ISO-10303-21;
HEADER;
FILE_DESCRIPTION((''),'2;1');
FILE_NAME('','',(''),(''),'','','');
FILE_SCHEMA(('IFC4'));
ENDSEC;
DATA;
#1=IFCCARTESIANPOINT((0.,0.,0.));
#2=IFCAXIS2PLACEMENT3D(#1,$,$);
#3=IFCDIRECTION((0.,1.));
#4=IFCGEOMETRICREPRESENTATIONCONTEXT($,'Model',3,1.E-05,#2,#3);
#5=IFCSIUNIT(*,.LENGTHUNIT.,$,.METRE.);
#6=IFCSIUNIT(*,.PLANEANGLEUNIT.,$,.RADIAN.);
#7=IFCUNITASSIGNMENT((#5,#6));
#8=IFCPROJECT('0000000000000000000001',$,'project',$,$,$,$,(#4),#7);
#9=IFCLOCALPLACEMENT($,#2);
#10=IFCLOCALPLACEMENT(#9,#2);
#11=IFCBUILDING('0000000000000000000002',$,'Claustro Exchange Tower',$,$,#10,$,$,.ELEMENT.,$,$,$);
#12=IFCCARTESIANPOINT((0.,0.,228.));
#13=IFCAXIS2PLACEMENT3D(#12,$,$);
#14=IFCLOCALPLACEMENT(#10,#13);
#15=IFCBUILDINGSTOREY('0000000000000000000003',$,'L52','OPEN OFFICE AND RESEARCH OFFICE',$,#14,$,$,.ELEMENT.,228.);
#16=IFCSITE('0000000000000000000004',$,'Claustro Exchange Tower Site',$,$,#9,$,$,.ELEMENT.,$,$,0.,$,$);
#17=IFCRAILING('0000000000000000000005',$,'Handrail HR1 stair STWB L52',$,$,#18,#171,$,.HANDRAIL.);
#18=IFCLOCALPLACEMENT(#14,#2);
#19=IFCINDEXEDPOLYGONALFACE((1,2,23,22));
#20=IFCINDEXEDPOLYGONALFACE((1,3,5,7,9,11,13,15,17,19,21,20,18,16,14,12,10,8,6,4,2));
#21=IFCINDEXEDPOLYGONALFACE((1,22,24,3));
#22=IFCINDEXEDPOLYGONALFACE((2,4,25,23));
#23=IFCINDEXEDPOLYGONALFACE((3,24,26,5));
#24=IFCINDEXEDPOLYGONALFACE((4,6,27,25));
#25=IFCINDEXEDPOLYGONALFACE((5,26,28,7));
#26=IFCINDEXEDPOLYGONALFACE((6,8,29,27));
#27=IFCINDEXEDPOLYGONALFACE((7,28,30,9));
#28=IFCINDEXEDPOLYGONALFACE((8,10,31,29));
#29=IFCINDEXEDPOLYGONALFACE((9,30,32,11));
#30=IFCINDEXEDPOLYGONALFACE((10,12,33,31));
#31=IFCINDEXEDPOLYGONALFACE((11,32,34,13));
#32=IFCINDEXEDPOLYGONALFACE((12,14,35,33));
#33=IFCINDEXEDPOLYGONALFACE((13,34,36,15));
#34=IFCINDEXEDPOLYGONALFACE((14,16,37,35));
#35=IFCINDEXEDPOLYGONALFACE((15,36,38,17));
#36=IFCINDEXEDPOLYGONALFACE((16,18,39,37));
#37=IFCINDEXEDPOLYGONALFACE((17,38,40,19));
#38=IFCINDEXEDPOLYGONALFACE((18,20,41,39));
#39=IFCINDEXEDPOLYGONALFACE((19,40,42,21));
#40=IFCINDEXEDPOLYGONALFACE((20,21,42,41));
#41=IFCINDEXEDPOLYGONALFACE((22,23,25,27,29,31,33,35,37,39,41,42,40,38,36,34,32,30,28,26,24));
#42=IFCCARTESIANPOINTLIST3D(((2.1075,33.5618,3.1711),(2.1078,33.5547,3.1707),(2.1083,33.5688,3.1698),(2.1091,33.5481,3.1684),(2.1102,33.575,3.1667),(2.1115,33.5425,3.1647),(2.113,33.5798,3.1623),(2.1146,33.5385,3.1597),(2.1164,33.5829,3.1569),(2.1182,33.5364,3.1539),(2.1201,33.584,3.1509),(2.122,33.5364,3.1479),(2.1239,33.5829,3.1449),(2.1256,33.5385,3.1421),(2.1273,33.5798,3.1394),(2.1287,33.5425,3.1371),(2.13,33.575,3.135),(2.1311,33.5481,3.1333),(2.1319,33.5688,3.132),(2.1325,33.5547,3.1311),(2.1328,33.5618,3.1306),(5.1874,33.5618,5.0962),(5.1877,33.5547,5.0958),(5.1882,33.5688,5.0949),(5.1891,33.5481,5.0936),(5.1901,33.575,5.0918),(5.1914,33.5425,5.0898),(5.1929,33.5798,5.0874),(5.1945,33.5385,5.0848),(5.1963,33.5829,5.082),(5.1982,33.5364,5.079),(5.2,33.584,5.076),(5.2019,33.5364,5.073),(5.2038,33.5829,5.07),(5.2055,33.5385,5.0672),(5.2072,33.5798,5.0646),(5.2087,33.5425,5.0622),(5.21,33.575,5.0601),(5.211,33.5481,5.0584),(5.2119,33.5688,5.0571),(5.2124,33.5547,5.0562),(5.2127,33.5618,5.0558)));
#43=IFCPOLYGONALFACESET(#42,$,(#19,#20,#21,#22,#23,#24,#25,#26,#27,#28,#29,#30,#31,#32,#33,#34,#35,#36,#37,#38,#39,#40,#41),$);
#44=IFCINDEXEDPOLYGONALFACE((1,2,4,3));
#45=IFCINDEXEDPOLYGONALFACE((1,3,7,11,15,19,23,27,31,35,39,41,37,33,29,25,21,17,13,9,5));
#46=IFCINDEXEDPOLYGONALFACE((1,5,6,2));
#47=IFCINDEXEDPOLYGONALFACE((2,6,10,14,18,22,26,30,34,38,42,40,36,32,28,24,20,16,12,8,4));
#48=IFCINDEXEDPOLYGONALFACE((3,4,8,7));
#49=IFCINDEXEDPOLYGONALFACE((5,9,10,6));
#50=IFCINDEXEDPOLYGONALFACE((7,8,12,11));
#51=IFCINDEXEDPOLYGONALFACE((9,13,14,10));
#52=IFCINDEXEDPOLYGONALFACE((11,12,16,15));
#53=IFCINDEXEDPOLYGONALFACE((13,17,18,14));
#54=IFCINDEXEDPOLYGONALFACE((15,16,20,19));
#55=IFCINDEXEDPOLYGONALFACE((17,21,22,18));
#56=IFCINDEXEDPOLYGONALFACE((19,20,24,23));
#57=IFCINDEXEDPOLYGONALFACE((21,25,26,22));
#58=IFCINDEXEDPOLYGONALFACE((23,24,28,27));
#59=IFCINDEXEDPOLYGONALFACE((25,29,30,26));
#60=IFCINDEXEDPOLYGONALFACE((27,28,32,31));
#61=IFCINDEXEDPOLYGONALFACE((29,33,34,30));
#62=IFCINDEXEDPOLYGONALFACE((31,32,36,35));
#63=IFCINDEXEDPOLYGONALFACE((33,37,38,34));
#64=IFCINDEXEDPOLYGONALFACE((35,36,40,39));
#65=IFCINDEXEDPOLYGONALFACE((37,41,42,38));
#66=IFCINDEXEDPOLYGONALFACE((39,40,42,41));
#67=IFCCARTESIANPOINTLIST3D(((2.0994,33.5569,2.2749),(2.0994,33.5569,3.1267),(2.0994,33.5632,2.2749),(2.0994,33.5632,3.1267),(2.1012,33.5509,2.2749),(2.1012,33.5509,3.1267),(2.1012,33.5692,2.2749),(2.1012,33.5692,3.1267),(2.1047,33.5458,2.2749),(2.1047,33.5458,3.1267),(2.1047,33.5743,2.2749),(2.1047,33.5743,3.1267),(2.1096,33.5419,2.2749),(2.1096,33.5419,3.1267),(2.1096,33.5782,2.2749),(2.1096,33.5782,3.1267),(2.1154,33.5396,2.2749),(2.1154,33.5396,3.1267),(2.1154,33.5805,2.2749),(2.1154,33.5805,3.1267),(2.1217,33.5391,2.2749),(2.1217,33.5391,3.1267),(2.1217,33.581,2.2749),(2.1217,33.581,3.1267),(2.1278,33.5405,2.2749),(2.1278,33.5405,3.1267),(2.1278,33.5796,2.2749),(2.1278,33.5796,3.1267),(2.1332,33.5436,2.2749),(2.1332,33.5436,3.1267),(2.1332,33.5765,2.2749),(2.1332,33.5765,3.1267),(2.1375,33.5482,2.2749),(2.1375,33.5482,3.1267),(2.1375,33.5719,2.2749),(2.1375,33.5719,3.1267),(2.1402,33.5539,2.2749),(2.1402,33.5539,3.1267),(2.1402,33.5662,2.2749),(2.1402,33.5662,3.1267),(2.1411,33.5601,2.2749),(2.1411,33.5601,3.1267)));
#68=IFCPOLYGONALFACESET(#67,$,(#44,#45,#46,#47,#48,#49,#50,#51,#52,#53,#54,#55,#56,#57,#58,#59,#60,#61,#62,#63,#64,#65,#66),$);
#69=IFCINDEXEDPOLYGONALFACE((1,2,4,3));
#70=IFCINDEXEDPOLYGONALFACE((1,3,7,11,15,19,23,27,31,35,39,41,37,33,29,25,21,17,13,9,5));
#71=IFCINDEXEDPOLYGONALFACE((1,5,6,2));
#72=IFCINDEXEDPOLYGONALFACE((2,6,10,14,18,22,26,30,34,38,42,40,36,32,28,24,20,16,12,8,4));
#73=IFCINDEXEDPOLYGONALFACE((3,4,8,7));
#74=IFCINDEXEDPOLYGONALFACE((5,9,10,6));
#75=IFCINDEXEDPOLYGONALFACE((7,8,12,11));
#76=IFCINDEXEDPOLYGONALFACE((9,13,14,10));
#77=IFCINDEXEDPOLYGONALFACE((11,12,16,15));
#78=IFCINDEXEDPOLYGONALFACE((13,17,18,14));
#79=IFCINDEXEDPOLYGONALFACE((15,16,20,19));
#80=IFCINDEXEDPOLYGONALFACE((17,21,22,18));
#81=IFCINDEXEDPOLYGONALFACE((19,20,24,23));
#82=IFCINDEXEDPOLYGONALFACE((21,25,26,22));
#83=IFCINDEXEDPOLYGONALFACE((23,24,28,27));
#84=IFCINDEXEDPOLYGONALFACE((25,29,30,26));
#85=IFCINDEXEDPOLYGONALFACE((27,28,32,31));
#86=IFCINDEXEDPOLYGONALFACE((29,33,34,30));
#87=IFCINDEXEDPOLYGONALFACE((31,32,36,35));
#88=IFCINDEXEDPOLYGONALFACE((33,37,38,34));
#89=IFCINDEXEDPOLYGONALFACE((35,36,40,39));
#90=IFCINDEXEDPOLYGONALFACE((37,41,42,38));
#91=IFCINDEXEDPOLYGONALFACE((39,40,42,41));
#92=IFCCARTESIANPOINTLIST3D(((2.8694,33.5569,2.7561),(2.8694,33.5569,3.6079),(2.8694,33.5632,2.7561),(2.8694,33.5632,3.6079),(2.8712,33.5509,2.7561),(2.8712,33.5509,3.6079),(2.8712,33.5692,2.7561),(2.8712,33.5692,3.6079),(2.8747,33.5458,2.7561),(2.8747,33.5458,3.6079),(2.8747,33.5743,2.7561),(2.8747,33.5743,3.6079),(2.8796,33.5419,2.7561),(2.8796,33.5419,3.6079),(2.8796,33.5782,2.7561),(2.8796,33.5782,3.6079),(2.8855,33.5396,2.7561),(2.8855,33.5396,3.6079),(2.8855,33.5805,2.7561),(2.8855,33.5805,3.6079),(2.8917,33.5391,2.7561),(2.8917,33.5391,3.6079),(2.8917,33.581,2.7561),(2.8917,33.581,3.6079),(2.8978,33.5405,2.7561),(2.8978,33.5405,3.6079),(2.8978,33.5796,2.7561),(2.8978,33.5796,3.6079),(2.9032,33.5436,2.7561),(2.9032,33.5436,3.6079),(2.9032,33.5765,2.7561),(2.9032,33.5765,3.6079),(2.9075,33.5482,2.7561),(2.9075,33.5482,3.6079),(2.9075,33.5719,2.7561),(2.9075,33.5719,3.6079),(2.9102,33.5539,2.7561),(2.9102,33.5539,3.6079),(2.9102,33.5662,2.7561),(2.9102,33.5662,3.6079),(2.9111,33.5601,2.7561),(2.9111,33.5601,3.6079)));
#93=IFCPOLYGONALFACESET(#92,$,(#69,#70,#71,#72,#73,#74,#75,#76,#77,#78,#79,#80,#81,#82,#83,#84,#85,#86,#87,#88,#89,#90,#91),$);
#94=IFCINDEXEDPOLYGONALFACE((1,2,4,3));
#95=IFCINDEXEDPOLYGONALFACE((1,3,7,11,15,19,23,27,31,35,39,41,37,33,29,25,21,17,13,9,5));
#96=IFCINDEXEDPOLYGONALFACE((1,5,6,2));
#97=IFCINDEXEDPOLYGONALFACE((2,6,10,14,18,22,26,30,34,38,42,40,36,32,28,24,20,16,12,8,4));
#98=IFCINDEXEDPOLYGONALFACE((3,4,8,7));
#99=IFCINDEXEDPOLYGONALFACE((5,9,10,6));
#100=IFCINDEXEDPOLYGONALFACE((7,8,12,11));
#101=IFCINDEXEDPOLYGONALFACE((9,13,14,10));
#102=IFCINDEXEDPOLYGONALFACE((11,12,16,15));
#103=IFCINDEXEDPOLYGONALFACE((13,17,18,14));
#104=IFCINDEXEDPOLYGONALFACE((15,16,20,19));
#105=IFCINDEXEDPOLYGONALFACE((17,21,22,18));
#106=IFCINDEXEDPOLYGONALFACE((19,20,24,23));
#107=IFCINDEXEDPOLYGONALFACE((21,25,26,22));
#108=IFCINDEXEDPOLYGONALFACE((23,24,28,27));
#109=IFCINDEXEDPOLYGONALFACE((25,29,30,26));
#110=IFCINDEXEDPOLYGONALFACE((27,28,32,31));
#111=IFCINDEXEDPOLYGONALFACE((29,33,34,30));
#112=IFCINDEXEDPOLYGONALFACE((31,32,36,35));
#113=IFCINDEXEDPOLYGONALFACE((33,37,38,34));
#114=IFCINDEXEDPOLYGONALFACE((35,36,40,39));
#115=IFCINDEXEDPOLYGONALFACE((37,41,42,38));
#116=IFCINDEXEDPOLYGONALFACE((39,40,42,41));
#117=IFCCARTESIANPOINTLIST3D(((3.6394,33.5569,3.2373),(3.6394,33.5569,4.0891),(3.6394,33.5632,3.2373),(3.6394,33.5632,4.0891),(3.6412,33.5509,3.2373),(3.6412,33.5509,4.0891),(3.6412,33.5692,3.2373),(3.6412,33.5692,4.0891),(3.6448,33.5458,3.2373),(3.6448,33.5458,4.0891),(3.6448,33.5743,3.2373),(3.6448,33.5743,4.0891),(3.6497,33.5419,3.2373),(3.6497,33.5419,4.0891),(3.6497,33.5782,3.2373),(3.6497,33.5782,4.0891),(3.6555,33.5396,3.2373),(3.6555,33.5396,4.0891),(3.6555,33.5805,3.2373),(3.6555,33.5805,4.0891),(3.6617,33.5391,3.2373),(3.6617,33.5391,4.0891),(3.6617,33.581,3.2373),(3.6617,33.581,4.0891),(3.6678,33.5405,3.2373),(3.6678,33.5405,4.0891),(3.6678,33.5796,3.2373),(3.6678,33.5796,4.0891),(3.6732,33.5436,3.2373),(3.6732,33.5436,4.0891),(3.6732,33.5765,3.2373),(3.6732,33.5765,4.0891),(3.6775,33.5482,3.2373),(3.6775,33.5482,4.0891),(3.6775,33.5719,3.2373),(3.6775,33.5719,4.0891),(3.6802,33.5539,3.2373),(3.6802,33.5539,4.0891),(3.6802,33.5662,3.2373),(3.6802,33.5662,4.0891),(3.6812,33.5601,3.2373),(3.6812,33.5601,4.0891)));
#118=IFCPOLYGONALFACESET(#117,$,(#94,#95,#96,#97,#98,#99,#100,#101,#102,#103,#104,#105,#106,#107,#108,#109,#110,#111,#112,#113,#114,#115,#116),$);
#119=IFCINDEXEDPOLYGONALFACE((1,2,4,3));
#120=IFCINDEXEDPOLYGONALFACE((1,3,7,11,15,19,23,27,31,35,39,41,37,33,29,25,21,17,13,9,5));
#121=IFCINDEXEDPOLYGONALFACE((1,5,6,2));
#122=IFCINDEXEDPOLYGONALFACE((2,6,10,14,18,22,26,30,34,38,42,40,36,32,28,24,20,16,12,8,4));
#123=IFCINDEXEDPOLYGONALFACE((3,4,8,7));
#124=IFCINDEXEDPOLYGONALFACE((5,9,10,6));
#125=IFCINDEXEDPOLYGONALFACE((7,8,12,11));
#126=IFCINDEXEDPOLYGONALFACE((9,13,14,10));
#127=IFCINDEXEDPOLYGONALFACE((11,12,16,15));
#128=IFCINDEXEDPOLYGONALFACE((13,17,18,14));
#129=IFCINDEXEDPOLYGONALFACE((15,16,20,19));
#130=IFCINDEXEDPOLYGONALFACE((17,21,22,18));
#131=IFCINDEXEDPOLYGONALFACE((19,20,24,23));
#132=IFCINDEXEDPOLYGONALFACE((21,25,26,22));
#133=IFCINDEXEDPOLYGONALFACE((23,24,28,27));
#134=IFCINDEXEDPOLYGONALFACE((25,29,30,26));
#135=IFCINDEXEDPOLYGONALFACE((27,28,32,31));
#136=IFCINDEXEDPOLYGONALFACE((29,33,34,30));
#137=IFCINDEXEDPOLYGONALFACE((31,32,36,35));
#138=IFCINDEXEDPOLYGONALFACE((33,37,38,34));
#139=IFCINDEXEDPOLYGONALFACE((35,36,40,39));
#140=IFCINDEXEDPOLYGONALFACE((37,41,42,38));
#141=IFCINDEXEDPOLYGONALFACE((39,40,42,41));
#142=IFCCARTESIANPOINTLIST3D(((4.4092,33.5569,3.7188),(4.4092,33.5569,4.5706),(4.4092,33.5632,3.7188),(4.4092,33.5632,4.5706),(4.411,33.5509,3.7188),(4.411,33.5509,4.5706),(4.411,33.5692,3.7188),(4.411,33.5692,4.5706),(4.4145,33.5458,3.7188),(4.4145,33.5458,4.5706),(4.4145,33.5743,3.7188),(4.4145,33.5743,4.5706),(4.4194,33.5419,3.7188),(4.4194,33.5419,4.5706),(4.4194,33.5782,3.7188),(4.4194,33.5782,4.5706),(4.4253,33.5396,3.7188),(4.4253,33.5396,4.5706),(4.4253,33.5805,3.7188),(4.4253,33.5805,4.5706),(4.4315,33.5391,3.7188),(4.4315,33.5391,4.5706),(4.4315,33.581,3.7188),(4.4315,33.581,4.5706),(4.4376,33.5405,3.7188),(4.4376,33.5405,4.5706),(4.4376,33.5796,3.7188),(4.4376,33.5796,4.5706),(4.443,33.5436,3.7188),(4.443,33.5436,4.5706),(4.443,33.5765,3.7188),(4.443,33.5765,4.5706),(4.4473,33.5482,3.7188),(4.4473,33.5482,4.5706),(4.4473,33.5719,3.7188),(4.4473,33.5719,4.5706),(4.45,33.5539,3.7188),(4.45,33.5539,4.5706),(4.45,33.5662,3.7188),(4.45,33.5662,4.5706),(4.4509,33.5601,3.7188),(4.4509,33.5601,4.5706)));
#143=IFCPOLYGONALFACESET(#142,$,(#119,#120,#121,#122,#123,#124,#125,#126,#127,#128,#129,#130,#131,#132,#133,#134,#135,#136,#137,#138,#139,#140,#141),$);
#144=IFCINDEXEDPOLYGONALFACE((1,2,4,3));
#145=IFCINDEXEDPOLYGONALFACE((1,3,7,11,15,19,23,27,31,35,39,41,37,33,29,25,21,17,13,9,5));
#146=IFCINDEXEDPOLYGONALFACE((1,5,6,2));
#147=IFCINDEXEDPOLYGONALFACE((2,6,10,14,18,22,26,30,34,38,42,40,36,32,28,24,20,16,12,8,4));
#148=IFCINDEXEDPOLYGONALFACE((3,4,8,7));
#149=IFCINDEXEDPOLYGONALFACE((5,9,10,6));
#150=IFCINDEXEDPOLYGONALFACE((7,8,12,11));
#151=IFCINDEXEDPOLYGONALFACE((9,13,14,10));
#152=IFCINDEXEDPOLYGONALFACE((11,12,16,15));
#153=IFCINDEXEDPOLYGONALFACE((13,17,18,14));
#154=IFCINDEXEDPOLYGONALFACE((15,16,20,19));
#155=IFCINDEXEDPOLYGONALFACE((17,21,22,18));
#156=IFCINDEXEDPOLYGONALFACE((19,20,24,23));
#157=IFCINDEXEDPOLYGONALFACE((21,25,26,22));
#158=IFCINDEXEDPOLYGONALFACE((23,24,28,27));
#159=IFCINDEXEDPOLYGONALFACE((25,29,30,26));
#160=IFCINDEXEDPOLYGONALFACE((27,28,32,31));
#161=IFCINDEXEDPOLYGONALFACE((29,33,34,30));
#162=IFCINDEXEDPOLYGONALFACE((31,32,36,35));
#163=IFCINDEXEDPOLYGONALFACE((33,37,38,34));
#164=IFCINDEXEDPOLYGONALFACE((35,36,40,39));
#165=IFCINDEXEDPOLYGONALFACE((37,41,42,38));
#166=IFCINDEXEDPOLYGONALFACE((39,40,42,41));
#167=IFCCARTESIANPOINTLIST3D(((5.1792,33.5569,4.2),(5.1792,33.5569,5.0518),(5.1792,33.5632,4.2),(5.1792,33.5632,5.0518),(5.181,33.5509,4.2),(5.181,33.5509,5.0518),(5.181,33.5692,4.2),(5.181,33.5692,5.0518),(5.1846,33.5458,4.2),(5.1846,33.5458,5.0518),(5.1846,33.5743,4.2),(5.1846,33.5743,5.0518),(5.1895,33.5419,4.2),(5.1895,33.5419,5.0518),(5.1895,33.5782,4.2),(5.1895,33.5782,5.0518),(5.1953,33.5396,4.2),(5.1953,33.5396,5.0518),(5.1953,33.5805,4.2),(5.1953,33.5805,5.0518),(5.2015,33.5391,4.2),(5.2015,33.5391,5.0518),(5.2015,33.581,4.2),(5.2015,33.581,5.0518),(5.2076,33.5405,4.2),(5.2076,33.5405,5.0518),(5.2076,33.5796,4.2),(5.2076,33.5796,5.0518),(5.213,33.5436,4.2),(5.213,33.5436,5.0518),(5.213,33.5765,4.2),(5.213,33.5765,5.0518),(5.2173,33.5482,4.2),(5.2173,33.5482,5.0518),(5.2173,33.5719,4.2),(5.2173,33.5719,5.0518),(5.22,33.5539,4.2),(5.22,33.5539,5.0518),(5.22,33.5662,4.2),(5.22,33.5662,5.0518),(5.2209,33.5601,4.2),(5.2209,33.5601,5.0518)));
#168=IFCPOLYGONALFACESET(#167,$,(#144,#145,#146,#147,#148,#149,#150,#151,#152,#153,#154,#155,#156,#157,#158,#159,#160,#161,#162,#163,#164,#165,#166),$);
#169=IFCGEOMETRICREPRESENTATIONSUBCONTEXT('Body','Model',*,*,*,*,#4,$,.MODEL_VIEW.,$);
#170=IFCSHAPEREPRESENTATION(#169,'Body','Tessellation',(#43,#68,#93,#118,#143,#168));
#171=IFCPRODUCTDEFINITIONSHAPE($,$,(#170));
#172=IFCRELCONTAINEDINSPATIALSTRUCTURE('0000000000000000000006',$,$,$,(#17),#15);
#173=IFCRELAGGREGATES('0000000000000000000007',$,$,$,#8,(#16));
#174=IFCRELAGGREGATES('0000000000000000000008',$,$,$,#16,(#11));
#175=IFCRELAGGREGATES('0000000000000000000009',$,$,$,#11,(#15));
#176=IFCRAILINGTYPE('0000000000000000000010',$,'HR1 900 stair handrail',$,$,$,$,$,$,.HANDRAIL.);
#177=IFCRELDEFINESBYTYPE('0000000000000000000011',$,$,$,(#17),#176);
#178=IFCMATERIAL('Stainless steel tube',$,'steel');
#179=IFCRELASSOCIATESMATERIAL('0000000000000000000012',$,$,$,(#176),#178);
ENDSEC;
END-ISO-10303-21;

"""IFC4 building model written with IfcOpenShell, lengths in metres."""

from ifc_helpers import new_model, si_unit, direction, frame, origin, origin_2d, place, context, subcontext, project, spatial, circle, extrude, material, type_object, element, save


model = new_model("IFC4")

# Units and contexts
model_context = context("Model", 3, precision=1e-05, world=origin(), true_north=direction((0.0, 1.0)))
body_context = subcontext(model_context, "Body", "Model", "MODEL_VIEW")
ifc_project = project(units=[si_unit("LENGTHUNIT", "METRE"), si_unit("PLANEANGLEUNIT", "RADIAN")], contexts=[model_context])

# Site, building, storey
site_placement = place(None, origin())
site = spatial("IfcSite", under=ifc_project, at=site_placement, Name="Claustro Exchange Tower Site", CompositionType="ELEMENT", RefElevation=0.0)
building_placement = place(site_placement, origin())
building = spatial("IfcBuilding", under=site, at=building_placement, Name="Claustro Exchange Tower", CompositionType="ELEMENT")
storey_placement = place(building_placement, frame((0.0, 0.0, 228.0)))
storey = spatial("IfcBuildingStorey", under=building, at=storey_placement, Name="L52", Description="OPEN OFFICE AND RESEARCH OFFICE", CompositionType="ELEMENT", Elevation=228.0)

# Railing
ifc_material_1 = material(Name="Stainless steel tube", Category="steel")
railing_type_1 = type_object("IfcRailingType", Name="HR1 900 stair handrail", PredefinedType="HANDRAIL", material=ifc_material_1)
railing_1_placement = place(storey_placement, frame((2.1201, 33.5601, 2.2749)))
element("IfcRailing", 1, at=railing_1_placement, inside=storey, type_object=railing_type_1, Name="Handrail HR1 stair STWB L52", PredefinedType="HANDRAIL", context=body_context, shape_type="SweptSolid", body=[
    extrude(circle(Radius=0.0239, at=origin_2d()), frame((0.0, 0.0, 0.876), z_axis=(0.847979, 0.0, 0.530029), x_axis=(0.0, 1.0, 0.0)), (0.0, 0.0, 1.0), 3.6321),
    extrude(circle(Radius=0.021, at=origin_2d()), origin(), (0.0, 0.0, 1.0), 0.8518),
    extrude(circle(Radius=0.021, at=origin_2d()), frame((0.77, 0.0, 0.4812)), (0.0, 0.0, 1.0), 0.8518),
    extrude(circle(Radius=0.021, at=origin_2d()), frame((1.54, 0.0, 0.9624)), (0.0, 0.0, 1.0), 0.8518),
    extrude(circle(Radius=0.021, at=origin_2d()), frame((2.3098, 0.0, 1.4438)), (0.0, 0.0, 1.0), 0.8518),
    extrude(circle(Radius=0.021, at=origin_2d()), frame((3.0798, 0.0, 1.925)), (0.0, 0.0, 1.0), 0.8518),
])

save(model, "model.ifc")
